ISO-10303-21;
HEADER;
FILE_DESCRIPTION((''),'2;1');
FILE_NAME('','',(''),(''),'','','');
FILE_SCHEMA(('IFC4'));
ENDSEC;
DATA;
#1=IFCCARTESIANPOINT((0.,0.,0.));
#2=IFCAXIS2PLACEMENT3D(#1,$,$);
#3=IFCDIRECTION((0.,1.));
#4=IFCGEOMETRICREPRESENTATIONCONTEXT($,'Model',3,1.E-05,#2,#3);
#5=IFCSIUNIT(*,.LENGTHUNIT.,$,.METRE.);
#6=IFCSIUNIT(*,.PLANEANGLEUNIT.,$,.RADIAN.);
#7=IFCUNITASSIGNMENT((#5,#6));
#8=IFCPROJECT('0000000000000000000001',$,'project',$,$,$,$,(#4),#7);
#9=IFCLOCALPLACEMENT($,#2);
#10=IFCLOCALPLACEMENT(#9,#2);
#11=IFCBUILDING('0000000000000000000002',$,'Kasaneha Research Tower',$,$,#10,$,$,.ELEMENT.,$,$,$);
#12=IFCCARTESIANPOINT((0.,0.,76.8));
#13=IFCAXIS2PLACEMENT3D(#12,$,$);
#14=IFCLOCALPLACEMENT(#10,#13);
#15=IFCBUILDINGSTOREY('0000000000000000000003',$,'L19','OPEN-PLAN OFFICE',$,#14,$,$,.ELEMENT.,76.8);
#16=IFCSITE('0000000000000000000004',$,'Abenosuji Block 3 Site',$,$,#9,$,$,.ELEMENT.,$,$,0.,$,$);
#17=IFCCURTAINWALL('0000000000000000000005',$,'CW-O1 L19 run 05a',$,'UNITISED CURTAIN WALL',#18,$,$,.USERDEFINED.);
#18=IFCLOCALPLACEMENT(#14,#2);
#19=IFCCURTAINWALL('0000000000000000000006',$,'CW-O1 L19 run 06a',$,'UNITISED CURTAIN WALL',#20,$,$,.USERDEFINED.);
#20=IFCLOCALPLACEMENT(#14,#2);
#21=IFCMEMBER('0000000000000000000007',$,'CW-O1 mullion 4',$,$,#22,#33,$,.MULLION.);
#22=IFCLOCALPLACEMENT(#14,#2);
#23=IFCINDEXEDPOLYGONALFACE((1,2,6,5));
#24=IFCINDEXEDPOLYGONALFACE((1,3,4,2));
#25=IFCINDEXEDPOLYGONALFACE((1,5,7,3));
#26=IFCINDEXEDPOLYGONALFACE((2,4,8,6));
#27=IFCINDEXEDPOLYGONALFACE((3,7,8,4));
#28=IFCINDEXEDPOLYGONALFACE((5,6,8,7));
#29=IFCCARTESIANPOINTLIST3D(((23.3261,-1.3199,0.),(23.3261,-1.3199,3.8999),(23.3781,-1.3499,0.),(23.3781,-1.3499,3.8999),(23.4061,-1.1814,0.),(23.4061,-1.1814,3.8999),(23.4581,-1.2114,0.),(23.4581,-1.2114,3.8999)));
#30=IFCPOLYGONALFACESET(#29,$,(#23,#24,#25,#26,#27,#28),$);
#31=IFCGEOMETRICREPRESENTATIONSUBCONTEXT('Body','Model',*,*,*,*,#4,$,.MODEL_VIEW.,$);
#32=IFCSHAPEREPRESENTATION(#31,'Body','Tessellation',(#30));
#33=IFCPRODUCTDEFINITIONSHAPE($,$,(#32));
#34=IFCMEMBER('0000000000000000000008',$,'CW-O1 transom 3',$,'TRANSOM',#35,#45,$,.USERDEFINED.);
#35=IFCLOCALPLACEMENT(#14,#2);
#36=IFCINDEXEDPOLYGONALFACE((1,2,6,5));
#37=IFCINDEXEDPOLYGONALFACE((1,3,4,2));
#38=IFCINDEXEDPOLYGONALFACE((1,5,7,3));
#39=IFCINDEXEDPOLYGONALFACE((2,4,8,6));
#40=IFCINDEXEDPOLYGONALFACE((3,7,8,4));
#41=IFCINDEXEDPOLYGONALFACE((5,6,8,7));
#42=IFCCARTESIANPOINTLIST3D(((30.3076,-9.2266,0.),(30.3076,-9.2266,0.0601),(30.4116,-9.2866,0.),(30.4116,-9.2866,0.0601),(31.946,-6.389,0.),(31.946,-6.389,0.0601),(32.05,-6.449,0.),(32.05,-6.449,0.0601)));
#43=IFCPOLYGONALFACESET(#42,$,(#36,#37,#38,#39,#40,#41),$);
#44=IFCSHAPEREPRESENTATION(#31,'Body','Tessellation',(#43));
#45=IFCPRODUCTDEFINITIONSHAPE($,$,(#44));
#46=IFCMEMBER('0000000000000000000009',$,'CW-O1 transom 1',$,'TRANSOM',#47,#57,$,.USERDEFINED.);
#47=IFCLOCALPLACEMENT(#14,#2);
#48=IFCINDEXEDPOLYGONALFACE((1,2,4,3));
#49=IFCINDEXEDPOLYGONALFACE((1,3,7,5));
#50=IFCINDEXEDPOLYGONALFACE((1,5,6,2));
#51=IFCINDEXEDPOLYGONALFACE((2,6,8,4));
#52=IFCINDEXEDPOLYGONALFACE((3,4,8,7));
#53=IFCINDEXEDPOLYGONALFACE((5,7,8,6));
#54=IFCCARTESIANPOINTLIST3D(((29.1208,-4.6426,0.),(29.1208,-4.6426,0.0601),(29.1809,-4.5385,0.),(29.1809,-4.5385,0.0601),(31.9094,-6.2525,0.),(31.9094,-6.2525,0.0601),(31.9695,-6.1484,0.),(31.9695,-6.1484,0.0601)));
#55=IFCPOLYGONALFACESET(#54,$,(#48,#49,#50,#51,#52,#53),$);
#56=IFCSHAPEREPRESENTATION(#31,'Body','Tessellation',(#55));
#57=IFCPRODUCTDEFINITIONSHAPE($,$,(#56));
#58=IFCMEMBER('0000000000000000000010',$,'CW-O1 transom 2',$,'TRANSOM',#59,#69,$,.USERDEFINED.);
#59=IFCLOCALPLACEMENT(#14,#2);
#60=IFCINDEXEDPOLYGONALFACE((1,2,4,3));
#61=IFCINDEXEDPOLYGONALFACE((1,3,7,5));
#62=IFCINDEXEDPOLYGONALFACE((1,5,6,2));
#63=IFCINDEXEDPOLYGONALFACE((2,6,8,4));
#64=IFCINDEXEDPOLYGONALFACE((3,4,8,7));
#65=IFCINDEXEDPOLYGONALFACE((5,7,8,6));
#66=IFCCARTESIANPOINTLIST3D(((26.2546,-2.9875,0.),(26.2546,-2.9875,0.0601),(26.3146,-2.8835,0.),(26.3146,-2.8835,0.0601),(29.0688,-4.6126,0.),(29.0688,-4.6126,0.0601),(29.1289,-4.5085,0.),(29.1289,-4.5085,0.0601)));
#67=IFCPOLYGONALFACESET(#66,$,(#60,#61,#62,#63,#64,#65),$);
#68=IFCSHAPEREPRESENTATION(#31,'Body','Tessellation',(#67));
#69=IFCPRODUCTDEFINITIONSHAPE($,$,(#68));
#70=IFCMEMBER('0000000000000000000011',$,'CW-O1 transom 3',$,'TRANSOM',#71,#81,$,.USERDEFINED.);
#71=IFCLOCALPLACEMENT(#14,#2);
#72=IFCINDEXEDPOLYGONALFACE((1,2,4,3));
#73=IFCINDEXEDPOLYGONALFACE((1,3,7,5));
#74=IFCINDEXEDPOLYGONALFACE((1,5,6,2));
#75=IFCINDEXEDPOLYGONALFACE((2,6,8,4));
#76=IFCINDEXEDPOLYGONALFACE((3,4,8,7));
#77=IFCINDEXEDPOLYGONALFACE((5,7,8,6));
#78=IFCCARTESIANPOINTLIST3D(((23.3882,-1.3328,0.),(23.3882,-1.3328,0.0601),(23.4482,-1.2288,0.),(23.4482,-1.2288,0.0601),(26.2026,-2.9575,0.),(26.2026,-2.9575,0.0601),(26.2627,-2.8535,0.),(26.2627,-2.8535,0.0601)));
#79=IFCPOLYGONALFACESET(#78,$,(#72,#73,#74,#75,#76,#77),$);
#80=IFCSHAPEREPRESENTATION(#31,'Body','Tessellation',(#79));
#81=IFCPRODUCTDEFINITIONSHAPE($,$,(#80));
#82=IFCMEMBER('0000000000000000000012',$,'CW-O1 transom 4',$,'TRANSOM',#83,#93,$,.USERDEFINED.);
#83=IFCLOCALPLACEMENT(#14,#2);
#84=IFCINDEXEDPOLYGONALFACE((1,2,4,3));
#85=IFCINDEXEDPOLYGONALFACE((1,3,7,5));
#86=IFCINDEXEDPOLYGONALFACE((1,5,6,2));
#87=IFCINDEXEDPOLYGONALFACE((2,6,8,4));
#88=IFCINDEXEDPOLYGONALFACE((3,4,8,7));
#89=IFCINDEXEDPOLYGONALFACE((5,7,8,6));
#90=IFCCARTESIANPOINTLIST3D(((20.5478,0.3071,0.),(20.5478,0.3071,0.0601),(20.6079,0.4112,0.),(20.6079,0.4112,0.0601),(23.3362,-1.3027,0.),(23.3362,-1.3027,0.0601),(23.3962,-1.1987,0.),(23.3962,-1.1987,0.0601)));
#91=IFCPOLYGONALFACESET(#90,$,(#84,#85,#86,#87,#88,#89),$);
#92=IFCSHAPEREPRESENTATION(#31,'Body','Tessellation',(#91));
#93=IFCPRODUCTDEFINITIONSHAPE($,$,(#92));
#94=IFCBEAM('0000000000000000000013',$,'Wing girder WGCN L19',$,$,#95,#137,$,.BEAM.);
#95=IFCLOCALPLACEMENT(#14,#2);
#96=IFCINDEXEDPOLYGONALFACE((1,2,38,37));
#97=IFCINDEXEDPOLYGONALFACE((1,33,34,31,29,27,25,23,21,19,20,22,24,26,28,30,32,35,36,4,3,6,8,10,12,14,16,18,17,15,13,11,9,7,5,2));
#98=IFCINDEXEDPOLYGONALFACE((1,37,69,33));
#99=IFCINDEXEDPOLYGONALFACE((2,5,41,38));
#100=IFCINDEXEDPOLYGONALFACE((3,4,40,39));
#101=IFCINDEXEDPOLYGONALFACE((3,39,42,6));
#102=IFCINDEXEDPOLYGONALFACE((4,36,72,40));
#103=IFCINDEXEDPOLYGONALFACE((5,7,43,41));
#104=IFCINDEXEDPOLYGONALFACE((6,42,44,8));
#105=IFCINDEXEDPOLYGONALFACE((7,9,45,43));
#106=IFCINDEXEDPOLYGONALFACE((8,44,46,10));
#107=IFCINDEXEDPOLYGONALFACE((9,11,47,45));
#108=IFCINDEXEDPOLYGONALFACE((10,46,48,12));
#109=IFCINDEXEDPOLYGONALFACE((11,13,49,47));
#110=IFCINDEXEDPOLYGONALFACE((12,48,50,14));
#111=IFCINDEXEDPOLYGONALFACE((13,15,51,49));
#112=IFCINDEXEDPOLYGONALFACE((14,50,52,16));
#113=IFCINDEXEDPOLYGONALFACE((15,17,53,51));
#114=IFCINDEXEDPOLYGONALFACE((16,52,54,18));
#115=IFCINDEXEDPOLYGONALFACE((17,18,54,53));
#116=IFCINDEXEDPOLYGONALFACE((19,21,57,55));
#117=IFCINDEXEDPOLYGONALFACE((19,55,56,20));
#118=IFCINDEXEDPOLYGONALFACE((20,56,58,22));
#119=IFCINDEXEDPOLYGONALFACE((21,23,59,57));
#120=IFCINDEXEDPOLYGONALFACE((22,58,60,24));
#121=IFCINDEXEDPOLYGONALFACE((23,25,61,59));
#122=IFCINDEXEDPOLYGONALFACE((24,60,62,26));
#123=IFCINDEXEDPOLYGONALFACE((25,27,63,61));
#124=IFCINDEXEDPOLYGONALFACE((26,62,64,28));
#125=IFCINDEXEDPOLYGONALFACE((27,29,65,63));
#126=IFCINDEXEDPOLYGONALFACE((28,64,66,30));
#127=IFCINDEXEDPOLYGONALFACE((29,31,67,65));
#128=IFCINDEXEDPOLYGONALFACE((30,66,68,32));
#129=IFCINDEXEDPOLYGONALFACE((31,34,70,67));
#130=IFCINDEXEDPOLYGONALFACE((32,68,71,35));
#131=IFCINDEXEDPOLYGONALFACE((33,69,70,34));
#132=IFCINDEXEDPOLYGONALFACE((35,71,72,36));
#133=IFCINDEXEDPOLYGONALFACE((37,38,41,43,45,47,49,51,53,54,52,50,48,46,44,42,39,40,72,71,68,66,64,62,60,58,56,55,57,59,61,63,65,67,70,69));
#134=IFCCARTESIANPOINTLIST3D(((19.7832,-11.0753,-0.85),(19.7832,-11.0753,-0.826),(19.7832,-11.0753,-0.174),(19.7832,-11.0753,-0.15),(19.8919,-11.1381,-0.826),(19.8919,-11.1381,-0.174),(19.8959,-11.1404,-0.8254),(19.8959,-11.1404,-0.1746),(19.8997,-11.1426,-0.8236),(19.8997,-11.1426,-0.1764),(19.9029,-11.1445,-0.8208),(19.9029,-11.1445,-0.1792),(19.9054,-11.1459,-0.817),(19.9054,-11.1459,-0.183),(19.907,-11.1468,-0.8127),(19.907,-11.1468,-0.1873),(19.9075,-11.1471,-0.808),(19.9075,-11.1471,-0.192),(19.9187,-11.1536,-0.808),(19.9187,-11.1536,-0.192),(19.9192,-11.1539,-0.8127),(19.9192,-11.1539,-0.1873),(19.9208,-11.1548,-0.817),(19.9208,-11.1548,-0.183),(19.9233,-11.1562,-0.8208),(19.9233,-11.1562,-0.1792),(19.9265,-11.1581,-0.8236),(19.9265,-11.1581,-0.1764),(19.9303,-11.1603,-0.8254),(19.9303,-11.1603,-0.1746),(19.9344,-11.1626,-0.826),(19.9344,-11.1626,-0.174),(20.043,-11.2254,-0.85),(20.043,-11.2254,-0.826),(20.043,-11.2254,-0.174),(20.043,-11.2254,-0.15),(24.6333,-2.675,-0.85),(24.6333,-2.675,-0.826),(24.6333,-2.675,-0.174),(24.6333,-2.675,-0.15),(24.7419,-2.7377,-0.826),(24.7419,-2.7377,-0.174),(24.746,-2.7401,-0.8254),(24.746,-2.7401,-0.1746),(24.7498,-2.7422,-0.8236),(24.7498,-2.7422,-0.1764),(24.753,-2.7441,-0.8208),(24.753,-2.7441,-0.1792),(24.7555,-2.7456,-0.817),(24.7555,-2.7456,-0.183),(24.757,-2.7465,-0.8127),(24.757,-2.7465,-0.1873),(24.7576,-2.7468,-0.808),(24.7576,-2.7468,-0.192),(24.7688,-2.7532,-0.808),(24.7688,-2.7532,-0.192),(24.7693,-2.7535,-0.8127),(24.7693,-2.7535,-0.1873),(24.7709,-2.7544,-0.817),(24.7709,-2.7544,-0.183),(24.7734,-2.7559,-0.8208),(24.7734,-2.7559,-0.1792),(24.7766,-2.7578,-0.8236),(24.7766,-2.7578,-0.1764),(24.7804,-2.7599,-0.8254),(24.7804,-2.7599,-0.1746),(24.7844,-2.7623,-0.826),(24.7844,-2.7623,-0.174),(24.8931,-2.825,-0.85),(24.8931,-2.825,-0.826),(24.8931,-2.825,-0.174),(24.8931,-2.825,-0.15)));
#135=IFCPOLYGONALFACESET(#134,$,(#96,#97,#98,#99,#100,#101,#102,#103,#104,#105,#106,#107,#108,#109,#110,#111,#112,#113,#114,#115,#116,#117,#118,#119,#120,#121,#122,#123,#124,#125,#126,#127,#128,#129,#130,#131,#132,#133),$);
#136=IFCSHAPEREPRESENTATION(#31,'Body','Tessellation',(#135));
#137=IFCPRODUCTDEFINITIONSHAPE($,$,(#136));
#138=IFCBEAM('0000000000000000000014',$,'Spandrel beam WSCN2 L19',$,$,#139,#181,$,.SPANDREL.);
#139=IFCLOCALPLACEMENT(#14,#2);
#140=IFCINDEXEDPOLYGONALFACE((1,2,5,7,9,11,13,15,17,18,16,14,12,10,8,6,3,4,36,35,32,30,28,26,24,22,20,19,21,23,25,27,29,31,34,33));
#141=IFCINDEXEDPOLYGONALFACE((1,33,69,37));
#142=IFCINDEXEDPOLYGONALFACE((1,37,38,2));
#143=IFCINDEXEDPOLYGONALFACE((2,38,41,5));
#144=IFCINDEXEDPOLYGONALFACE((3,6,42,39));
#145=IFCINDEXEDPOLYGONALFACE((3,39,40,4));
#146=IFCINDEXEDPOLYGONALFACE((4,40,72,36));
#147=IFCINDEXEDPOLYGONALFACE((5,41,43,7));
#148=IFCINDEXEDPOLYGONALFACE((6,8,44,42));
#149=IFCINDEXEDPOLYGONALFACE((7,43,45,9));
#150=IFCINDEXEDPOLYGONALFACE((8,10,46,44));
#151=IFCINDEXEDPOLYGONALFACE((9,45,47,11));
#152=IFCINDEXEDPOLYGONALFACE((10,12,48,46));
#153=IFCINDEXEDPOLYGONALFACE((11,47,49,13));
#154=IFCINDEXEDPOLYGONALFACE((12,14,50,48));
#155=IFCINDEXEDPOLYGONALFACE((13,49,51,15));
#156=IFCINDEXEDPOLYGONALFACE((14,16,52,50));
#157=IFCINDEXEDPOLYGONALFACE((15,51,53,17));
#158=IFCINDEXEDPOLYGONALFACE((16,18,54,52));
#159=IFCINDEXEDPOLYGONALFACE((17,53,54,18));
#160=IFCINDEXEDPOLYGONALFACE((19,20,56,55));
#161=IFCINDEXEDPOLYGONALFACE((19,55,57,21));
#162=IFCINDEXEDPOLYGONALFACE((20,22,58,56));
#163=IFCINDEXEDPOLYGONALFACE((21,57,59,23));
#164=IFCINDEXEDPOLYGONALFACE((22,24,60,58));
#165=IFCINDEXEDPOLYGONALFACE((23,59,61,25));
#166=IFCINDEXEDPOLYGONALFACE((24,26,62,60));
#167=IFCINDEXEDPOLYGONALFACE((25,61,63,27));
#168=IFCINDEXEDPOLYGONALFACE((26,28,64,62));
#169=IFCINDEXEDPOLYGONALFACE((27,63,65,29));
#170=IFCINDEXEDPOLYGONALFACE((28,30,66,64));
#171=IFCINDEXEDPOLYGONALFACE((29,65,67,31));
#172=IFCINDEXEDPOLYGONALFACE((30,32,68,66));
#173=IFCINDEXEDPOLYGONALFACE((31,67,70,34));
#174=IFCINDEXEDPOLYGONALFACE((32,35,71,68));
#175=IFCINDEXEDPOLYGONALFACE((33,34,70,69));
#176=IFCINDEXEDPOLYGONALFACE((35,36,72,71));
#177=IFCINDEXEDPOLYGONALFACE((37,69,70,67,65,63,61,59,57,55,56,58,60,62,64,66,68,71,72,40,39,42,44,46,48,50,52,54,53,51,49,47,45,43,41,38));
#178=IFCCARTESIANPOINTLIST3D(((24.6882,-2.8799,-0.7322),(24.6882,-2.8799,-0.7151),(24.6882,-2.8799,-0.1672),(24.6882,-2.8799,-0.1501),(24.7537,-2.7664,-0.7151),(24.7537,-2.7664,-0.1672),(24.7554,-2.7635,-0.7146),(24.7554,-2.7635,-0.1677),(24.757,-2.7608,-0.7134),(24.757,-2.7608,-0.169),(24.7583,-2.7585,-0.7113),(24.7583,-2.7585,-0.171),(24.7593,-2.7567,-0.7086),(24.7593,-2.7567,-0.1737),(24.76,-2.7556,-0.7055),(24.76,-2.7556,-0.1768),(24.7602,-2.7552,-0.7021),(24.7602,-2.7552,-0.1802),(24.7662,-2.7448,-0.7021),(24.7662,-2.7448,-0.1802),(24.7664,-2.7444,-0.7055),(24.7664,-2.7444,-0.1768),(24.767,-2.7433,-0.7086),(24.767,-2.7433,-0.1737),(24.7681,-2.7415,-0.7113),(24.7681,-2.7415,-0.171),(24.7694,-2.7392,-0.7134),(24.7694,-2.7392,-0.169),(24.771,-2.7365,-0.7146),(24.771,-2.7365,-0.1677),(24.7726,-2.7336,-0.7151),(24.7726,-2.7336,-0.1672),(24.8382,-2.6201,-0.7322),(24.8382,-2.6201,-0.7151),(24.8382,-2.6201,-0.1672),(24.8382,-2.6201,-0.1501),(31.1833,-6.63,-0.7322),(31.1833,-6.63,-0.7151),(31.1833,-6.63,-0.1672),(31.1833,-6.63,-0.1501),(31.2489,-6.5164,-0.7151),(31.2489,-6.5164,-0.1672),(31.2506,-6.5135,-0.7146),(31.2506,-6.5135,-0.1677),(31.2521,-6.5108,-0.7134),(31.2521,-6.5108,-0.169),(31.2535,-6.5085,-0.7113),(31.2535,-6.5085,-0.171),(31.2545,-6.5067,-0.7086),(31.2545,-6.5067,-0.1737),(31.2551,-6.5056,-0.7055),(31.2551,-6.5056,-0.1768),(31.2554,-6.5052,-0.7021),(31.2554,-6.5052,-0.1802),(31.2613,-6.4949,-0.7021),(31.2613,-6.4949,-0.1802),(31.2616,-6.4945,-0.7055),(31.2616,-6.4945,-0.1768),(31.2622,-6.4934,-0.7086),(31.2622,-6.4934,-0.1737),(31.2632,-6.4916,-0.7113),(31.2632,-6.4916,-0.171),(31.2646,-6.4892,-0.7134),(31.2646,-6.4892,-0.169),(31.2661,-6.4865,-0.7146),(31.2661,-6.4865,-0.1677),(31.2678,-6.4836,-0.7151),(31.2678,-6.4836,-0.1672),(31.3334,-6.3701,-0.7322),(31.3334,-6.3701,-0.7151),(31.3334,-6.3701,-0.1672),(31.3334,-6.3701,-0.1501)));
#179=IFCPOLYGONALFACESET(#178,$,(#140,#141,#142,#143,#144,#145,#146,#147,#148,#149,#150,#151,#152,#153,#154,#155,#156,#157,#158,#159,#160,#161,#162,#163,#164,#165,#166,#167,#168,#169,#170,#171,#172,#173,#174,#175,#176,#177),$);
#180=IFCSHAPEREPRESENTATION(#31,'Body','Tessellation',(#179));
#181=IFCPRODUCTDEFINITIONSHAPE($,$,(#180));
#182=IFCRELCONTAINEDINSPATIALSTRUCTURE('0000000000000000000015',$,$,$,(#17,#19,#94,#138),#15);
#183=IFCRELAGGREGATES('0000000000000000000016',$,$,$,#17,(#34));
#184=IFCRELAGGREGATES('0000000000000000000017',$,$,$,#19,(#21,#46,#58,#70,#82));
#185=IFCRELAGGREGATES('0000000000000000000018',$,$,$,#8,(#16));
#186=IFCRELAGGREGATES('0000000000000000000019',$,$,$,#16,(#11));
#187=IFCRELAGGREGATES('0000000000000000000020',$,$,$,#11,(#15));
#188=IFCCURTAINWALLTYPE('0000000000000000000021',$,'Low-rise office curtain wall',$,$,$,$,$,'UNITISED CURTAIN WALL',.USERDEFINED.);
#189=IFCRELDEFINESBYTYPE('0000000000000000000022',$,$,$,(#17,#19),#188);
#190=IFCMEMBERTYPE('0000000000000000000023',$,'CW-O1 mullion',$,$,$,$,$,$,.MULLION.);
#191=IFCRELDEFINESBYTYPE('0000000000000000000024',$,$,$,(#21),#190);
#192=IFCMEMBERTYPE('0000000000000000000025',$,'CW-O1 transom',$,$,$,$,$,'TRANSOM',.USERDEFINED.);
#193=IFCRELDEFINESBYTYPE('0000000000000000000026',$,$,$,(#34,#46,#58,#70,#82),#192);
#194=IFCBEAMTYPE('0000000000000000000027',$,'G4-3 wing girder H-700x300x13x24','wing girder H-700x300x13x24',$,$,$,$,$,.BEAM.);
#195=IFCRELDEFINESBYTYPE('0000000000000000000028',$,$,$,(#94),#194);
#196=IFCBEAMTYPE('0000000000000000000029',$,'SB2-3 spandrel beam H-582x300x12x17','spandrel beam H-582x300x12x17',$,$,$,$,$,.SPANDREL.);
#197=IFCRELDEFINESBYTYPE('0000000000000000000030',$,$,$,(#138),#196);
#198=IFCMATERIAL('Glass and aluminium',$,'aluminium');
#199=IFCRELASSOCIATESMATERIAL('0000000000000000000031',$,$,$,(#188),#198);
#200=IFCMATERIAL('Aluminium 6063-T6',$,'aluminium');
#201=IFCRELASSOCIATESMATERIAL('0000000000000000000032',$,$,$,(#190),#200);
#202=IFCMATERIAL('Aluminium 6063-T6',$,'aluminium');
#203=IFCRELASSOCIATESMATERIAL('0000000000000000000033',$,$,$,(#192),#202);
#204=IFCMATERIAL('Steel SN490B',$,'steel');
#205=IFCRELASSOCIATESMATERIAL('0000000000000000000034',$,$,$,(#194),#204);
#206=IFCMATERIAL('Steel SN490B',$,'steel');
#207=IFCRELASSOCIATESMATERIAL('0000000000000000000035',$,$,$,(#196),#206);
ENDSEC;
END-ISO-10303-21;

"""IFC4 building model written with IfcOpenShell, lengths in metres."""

from ifc_helpers import new_model, si_unit, direction, frame, origin, origin_2d, place, context, subcontext, project, spatial, rectangle, i_section, extrude, material, material_profile, profile_set, type_object, element, aggregate, save


model = new_model("IFC4")

# Units and contexts
model_context = context("Model", 3, precision=1e-05, world=origin(), true_north=direction((0.0, 1.0)))
body_context = subcontext(model_context, "Body", "Model", "MODEL_VIEW")
ifc_project = project(units=[si_unit("LENGTHUNIT", "METRE"), si_unit("PLANEANGLEUNIT", "RADIAN")], contexts=[model_context])

# Site, building, storey
site_placement = place(None, origin())
site = spatial("IfcSite", under=ifc_project, at=site_placement, Name="Abenosuji Block 3 Site", CompositionType="ELEMENT", RefElevation=0.0)
building_placement = place(site_placement, origin())
building = spatial("IfcBuilding", under=site, at=building_placement, Name="Kasaneha Research Tower", CompositionType="ELEMENT")
storey_placement = place(building_placement, frame((0.0, 0.0, 76.8)))
storey = spatial("IfcBuildingStorey", under=building, at=storey_placement, Name="L19", Description="OPEN-PLAN OFFICE", CompositionType="ELEMENT", Elevation=76.8)

# Curtain walls, member
ifc_material_1 = material(Name="Glass and aluminium", Category="aluminium")
curtain_wall_type = type_object("IfcCurtainWallType", Name="Low-rise office curtain wall", ElementType="UNITISED CURTAIN WALL", PredefinedType="USERDEFINED", material=ifc_material_1)
curtain_wall_1_placement = place(storey_placement, origin())
curtain_wall_1 = element("IfcCurtainWall", 1, at=curtain_wall_1_placement, inside=storey, type_object=curtain_wall_type, Name="CW-O1 L19 run 05a", ObjectType="UNITISED CURTAIN WALL", PredefinedType="USERDEFINED")
ifc_material_2 = material(Name="Aluminium 6063-T6", Category="aluminium")
ifc_material_profile_1 = material_profile(ifc_material_2, rectangle(XDim=0.0601, YDim=0.1599, at=origin_2d()), Name="CW-O1 mullion 60x160")
ifc_profile_set_1 = profile_set([ifc_material_profile_1], Name="Aluminium 6063-T6")
member_type_1 = type_object("IfcMemberType", Name="CW-O1 mullion", PredefinedType="MULLION", material=ifc_profile_set_1)
curtain_wall_2_placement = place(storey_placement, origin())
curtain_wall_2 = element("IfcCurtainWall", 2, at=curtain_wall_2_placement, inside=storey, type_object=curtain_wall_type, Name="CW-O1 L19 run 06a", ObjectType="UNITISED CURTAIN WALL", PredefinedType="USERDEFINED")
member_1_placement = place(storey_placement, frame((23.3921, -1.2656, 0.0), z_axis=(0.0, 0.0, 1.0), x_axis=(-0.866025, 0.5, 0.0)))
member_1 = element("IfcMember", 3, at=member_1_placement, type_object=member_type_1, Name="CW-O1 mullion 4", PredefinedType="MULLION", context=body_context, shape_type="SweptSolid", body=[
    extrude(rectangle(XDim=0.0601, YDim=0.1599, at=origin_2d()), origin(), (0.0, 0.0, 1.0), 3.8999),
])

# Members
ifc_material_3 = material(Name="Aluminium 6063-T6", Category="aluminium")
ifc_material_profile_2 = material_profile(ifc_material_3, rectangle(XDim=0.1201, YDim=0.0601, at=origin_2d()), Name="CW-O1 transom 120x60")
ifc_profile_set_2 = profile_set([ifc_material_profile_2], Name="Aluminium 6063-T6")
member_type_2 = type_object("IfcMemberType", Name="CW-O1 transom", ElementType="TRANSOM", PredefinedType="USERDEFINED", material=ifc_profile_set_2)
member_2_placement = place(storey_placement, frame((30.3596, -9.2566, 0.03), z_axis=(0.500026, 0.866011, 0.0), x_axis=(-0.866011, 0.500026, 0.0)))
member_2 = element("IfcMember", 4, at=member_2_placement, type_object=member_type_2, Name="CW-O1 transom 3", ObjectType="TRANSOM", PredefinedType="USERDEFINED", context=body_context, shape_type="SweptSolid", body=[
    extrude(rectangle(XDim=0.1201, YDim=0.0601, at=origin_2d()), origin(), (0.0, 0.0, 1.0), 3.2766),
])
member_3_placement = place(storey_placement, frame((31.9395, -6.2004, 0.03), z_axis=(-0.866042, 0.499972, 0.0), x_axis=(-0.499972, -0.866042, 0.0)))
member_3 = element("IfcMember", 5, at=member_3_placement, type_object=member_type_2, Name="CW-O1 transom 1", ObjectType="TRANSOM", PredefinedType="USERDEFINED", context=body_context, shape_type="SweptSolid", body=[
    extrude(rectangle(XDim=0.1201, YDim=0.0601, at=origin_2d()), origin(), (0.0, 0.0, 1.0), 3.22),
])
member_4_placement = place(storey_placement, frame((29.0989, -4.5605, 0.03), z_axis=(-0.865997, 0.50005, 0.0), x_axis=(-0.50005, -0.865997, 0.0)))
member_4 = element("IfcMember", 6, at=member_4_placement, type_object=member_type_2, Name="CW-O1 transom 2", ObjectType="TRANSOM", PredefinedType="USERDEFINED", context=body_context, shape_type="SweptSolid", body=[
    extrude(rectangle(XDim=0.1201, YDim=0.0601, at=origin_2d()), origin(), (0.0, 0.0, 1.0), 3.2498),
])
member_5_placement = place(storey_placement, frame((26.2327, -2.9055, 0.03), z_axis=(-0.866048, 0.499961, 0.0), x_axis=(-0.499961, -0.866048, 0.0)))
member_5 = element("IfcMember", 7, at=member_5_placement, type_object=member_type_2, Name="CW-O1 transom 3", ObjectType="TRANSOM", PredefinedType="USERDEFINED", context=body_context, shape_type="SweptSolid", body=[
    extrude(rectangle(XDim=0.1201, YDim=0.0601, at=origin_2d()), origin(), (0.0, 0.0, 1.0), 3.2498),
])
member_6_placement = place(storey_placement, frame((23.3662, -1.2507, 0.03), z_axis=(-0.866023, 0.500005, 0.0), x_axis=(-0.500005, -0.866023, 0.0)))
member_6 = element("IfcMember", 8, at=member_6_placement, type_object=member_type_2, Name="CW-O1 transom 4", ObjectType="TRANSOM", PredefinedType="USERDEFINED", context=body_context, shape_type="SweptSolid", body=[
    extrude(rectangle(XDim=0.1201, YDim=0.0601, at=origin_2d()), origin(), (0.0, 0.0, 1.0), 3.2197),
])

# Beams
ifc_material_4 = material(Name="Steel SN490B", Category="steel")
ifc_material_profile_3 = material_profile(ifc_material_4, i_section(OverallWidth=0.3, OverallDepth=0.7, WebThickness=0.0129, FlangeThickness=0.0239, FilletRadius=0.0181, at=origin_2d()), Name="H-700x300x13x24")
ifc_profile_set_3 = profile_set([ifc_material_profile_3], Name="Steel SN490B")
beam_type_1 = type_object("IfcBeamType", Name="G4-3 wing girder H-700x300x13x24", Description="wing girder H-700x300x13x24", PredefinedType="BEAM", material=ifc_profile_set_3)
beam_1_placement = place(storey_placement, frame((24.7632, -2.75, -0.5), z_axis=(-0.50001, -0.86602, 0.0), x_axis=(0.86602, -0.50001, 0.0)))
element("IfcBeam", 9, at=beam_1_placement, inside=storey, type_object=beam_type_1, Name="Wing girder WGCN L19", PredefinedType="BEAM", context=body_context, shape_type="SweptSolid", body=[
    extrude(i_section(OverallWidth=0.3, OverallDepth=0.7, WebThickness=0.0129, FlangeThickness=0.0239, FilletRadius=0.0181, at=origin_2d()), origin(), (0.0, 0.0, 1.0), 9.7),
])
ifc_material_5 = material(Name="Steel SN490B", Category="steel")
ifc_material_profile_4 = material_profile(ifc_material_5, i_section(OverallWidth=0.3, OverallDepth=0.582, WebThickness=0.012, FlangeThickness=0.0171, FilletRadius=0.0129, at=origin_2d()), Name="H-582x300x12x17")
ifc_profile_set_4 = profile_set([ifc_material_profile_4], Name="Steel SN490B")
beam_type_2 = type_object("IfcBeamType", Name="SB2-3 spandrel beam H-582x300x12x17", Description="spandrel beam H-582x300x12x17", PredefinedType="SPANDREL", material=ifc_profile_set_4)
beam_2_placement = place(storey_placement, frame((24.7632, -2.75, -0.4412), z_axis=(0.866023, -0.500004, 0.0), x_axis=(0.500004, 0.866023, 0.0)))
element("IfcBeam", 10, at=beam_2_placement, inside=storey, type_object=beam_type_2, Name="Spandrel beam WSCN2 L19", PredefinedType="SPANDREL", context=body_context, shape_type="SweptSolid", body=[
    extrude(i_section(OverallWidth=0.3, OverallDepth=0.582, WebThickness=0.012, FlangeThickness=0.0171, FilletRadius=0.0129, at=origin_2d()), origin(), (0.0, 0.0, 1.0), 7.5),
])

aggregate(curtain_wall_1, [member_2])
aggregate(curtain_wall_2, [member_1, member_3, member_4, member_5, member_6])

save(model, "model.ifc")
